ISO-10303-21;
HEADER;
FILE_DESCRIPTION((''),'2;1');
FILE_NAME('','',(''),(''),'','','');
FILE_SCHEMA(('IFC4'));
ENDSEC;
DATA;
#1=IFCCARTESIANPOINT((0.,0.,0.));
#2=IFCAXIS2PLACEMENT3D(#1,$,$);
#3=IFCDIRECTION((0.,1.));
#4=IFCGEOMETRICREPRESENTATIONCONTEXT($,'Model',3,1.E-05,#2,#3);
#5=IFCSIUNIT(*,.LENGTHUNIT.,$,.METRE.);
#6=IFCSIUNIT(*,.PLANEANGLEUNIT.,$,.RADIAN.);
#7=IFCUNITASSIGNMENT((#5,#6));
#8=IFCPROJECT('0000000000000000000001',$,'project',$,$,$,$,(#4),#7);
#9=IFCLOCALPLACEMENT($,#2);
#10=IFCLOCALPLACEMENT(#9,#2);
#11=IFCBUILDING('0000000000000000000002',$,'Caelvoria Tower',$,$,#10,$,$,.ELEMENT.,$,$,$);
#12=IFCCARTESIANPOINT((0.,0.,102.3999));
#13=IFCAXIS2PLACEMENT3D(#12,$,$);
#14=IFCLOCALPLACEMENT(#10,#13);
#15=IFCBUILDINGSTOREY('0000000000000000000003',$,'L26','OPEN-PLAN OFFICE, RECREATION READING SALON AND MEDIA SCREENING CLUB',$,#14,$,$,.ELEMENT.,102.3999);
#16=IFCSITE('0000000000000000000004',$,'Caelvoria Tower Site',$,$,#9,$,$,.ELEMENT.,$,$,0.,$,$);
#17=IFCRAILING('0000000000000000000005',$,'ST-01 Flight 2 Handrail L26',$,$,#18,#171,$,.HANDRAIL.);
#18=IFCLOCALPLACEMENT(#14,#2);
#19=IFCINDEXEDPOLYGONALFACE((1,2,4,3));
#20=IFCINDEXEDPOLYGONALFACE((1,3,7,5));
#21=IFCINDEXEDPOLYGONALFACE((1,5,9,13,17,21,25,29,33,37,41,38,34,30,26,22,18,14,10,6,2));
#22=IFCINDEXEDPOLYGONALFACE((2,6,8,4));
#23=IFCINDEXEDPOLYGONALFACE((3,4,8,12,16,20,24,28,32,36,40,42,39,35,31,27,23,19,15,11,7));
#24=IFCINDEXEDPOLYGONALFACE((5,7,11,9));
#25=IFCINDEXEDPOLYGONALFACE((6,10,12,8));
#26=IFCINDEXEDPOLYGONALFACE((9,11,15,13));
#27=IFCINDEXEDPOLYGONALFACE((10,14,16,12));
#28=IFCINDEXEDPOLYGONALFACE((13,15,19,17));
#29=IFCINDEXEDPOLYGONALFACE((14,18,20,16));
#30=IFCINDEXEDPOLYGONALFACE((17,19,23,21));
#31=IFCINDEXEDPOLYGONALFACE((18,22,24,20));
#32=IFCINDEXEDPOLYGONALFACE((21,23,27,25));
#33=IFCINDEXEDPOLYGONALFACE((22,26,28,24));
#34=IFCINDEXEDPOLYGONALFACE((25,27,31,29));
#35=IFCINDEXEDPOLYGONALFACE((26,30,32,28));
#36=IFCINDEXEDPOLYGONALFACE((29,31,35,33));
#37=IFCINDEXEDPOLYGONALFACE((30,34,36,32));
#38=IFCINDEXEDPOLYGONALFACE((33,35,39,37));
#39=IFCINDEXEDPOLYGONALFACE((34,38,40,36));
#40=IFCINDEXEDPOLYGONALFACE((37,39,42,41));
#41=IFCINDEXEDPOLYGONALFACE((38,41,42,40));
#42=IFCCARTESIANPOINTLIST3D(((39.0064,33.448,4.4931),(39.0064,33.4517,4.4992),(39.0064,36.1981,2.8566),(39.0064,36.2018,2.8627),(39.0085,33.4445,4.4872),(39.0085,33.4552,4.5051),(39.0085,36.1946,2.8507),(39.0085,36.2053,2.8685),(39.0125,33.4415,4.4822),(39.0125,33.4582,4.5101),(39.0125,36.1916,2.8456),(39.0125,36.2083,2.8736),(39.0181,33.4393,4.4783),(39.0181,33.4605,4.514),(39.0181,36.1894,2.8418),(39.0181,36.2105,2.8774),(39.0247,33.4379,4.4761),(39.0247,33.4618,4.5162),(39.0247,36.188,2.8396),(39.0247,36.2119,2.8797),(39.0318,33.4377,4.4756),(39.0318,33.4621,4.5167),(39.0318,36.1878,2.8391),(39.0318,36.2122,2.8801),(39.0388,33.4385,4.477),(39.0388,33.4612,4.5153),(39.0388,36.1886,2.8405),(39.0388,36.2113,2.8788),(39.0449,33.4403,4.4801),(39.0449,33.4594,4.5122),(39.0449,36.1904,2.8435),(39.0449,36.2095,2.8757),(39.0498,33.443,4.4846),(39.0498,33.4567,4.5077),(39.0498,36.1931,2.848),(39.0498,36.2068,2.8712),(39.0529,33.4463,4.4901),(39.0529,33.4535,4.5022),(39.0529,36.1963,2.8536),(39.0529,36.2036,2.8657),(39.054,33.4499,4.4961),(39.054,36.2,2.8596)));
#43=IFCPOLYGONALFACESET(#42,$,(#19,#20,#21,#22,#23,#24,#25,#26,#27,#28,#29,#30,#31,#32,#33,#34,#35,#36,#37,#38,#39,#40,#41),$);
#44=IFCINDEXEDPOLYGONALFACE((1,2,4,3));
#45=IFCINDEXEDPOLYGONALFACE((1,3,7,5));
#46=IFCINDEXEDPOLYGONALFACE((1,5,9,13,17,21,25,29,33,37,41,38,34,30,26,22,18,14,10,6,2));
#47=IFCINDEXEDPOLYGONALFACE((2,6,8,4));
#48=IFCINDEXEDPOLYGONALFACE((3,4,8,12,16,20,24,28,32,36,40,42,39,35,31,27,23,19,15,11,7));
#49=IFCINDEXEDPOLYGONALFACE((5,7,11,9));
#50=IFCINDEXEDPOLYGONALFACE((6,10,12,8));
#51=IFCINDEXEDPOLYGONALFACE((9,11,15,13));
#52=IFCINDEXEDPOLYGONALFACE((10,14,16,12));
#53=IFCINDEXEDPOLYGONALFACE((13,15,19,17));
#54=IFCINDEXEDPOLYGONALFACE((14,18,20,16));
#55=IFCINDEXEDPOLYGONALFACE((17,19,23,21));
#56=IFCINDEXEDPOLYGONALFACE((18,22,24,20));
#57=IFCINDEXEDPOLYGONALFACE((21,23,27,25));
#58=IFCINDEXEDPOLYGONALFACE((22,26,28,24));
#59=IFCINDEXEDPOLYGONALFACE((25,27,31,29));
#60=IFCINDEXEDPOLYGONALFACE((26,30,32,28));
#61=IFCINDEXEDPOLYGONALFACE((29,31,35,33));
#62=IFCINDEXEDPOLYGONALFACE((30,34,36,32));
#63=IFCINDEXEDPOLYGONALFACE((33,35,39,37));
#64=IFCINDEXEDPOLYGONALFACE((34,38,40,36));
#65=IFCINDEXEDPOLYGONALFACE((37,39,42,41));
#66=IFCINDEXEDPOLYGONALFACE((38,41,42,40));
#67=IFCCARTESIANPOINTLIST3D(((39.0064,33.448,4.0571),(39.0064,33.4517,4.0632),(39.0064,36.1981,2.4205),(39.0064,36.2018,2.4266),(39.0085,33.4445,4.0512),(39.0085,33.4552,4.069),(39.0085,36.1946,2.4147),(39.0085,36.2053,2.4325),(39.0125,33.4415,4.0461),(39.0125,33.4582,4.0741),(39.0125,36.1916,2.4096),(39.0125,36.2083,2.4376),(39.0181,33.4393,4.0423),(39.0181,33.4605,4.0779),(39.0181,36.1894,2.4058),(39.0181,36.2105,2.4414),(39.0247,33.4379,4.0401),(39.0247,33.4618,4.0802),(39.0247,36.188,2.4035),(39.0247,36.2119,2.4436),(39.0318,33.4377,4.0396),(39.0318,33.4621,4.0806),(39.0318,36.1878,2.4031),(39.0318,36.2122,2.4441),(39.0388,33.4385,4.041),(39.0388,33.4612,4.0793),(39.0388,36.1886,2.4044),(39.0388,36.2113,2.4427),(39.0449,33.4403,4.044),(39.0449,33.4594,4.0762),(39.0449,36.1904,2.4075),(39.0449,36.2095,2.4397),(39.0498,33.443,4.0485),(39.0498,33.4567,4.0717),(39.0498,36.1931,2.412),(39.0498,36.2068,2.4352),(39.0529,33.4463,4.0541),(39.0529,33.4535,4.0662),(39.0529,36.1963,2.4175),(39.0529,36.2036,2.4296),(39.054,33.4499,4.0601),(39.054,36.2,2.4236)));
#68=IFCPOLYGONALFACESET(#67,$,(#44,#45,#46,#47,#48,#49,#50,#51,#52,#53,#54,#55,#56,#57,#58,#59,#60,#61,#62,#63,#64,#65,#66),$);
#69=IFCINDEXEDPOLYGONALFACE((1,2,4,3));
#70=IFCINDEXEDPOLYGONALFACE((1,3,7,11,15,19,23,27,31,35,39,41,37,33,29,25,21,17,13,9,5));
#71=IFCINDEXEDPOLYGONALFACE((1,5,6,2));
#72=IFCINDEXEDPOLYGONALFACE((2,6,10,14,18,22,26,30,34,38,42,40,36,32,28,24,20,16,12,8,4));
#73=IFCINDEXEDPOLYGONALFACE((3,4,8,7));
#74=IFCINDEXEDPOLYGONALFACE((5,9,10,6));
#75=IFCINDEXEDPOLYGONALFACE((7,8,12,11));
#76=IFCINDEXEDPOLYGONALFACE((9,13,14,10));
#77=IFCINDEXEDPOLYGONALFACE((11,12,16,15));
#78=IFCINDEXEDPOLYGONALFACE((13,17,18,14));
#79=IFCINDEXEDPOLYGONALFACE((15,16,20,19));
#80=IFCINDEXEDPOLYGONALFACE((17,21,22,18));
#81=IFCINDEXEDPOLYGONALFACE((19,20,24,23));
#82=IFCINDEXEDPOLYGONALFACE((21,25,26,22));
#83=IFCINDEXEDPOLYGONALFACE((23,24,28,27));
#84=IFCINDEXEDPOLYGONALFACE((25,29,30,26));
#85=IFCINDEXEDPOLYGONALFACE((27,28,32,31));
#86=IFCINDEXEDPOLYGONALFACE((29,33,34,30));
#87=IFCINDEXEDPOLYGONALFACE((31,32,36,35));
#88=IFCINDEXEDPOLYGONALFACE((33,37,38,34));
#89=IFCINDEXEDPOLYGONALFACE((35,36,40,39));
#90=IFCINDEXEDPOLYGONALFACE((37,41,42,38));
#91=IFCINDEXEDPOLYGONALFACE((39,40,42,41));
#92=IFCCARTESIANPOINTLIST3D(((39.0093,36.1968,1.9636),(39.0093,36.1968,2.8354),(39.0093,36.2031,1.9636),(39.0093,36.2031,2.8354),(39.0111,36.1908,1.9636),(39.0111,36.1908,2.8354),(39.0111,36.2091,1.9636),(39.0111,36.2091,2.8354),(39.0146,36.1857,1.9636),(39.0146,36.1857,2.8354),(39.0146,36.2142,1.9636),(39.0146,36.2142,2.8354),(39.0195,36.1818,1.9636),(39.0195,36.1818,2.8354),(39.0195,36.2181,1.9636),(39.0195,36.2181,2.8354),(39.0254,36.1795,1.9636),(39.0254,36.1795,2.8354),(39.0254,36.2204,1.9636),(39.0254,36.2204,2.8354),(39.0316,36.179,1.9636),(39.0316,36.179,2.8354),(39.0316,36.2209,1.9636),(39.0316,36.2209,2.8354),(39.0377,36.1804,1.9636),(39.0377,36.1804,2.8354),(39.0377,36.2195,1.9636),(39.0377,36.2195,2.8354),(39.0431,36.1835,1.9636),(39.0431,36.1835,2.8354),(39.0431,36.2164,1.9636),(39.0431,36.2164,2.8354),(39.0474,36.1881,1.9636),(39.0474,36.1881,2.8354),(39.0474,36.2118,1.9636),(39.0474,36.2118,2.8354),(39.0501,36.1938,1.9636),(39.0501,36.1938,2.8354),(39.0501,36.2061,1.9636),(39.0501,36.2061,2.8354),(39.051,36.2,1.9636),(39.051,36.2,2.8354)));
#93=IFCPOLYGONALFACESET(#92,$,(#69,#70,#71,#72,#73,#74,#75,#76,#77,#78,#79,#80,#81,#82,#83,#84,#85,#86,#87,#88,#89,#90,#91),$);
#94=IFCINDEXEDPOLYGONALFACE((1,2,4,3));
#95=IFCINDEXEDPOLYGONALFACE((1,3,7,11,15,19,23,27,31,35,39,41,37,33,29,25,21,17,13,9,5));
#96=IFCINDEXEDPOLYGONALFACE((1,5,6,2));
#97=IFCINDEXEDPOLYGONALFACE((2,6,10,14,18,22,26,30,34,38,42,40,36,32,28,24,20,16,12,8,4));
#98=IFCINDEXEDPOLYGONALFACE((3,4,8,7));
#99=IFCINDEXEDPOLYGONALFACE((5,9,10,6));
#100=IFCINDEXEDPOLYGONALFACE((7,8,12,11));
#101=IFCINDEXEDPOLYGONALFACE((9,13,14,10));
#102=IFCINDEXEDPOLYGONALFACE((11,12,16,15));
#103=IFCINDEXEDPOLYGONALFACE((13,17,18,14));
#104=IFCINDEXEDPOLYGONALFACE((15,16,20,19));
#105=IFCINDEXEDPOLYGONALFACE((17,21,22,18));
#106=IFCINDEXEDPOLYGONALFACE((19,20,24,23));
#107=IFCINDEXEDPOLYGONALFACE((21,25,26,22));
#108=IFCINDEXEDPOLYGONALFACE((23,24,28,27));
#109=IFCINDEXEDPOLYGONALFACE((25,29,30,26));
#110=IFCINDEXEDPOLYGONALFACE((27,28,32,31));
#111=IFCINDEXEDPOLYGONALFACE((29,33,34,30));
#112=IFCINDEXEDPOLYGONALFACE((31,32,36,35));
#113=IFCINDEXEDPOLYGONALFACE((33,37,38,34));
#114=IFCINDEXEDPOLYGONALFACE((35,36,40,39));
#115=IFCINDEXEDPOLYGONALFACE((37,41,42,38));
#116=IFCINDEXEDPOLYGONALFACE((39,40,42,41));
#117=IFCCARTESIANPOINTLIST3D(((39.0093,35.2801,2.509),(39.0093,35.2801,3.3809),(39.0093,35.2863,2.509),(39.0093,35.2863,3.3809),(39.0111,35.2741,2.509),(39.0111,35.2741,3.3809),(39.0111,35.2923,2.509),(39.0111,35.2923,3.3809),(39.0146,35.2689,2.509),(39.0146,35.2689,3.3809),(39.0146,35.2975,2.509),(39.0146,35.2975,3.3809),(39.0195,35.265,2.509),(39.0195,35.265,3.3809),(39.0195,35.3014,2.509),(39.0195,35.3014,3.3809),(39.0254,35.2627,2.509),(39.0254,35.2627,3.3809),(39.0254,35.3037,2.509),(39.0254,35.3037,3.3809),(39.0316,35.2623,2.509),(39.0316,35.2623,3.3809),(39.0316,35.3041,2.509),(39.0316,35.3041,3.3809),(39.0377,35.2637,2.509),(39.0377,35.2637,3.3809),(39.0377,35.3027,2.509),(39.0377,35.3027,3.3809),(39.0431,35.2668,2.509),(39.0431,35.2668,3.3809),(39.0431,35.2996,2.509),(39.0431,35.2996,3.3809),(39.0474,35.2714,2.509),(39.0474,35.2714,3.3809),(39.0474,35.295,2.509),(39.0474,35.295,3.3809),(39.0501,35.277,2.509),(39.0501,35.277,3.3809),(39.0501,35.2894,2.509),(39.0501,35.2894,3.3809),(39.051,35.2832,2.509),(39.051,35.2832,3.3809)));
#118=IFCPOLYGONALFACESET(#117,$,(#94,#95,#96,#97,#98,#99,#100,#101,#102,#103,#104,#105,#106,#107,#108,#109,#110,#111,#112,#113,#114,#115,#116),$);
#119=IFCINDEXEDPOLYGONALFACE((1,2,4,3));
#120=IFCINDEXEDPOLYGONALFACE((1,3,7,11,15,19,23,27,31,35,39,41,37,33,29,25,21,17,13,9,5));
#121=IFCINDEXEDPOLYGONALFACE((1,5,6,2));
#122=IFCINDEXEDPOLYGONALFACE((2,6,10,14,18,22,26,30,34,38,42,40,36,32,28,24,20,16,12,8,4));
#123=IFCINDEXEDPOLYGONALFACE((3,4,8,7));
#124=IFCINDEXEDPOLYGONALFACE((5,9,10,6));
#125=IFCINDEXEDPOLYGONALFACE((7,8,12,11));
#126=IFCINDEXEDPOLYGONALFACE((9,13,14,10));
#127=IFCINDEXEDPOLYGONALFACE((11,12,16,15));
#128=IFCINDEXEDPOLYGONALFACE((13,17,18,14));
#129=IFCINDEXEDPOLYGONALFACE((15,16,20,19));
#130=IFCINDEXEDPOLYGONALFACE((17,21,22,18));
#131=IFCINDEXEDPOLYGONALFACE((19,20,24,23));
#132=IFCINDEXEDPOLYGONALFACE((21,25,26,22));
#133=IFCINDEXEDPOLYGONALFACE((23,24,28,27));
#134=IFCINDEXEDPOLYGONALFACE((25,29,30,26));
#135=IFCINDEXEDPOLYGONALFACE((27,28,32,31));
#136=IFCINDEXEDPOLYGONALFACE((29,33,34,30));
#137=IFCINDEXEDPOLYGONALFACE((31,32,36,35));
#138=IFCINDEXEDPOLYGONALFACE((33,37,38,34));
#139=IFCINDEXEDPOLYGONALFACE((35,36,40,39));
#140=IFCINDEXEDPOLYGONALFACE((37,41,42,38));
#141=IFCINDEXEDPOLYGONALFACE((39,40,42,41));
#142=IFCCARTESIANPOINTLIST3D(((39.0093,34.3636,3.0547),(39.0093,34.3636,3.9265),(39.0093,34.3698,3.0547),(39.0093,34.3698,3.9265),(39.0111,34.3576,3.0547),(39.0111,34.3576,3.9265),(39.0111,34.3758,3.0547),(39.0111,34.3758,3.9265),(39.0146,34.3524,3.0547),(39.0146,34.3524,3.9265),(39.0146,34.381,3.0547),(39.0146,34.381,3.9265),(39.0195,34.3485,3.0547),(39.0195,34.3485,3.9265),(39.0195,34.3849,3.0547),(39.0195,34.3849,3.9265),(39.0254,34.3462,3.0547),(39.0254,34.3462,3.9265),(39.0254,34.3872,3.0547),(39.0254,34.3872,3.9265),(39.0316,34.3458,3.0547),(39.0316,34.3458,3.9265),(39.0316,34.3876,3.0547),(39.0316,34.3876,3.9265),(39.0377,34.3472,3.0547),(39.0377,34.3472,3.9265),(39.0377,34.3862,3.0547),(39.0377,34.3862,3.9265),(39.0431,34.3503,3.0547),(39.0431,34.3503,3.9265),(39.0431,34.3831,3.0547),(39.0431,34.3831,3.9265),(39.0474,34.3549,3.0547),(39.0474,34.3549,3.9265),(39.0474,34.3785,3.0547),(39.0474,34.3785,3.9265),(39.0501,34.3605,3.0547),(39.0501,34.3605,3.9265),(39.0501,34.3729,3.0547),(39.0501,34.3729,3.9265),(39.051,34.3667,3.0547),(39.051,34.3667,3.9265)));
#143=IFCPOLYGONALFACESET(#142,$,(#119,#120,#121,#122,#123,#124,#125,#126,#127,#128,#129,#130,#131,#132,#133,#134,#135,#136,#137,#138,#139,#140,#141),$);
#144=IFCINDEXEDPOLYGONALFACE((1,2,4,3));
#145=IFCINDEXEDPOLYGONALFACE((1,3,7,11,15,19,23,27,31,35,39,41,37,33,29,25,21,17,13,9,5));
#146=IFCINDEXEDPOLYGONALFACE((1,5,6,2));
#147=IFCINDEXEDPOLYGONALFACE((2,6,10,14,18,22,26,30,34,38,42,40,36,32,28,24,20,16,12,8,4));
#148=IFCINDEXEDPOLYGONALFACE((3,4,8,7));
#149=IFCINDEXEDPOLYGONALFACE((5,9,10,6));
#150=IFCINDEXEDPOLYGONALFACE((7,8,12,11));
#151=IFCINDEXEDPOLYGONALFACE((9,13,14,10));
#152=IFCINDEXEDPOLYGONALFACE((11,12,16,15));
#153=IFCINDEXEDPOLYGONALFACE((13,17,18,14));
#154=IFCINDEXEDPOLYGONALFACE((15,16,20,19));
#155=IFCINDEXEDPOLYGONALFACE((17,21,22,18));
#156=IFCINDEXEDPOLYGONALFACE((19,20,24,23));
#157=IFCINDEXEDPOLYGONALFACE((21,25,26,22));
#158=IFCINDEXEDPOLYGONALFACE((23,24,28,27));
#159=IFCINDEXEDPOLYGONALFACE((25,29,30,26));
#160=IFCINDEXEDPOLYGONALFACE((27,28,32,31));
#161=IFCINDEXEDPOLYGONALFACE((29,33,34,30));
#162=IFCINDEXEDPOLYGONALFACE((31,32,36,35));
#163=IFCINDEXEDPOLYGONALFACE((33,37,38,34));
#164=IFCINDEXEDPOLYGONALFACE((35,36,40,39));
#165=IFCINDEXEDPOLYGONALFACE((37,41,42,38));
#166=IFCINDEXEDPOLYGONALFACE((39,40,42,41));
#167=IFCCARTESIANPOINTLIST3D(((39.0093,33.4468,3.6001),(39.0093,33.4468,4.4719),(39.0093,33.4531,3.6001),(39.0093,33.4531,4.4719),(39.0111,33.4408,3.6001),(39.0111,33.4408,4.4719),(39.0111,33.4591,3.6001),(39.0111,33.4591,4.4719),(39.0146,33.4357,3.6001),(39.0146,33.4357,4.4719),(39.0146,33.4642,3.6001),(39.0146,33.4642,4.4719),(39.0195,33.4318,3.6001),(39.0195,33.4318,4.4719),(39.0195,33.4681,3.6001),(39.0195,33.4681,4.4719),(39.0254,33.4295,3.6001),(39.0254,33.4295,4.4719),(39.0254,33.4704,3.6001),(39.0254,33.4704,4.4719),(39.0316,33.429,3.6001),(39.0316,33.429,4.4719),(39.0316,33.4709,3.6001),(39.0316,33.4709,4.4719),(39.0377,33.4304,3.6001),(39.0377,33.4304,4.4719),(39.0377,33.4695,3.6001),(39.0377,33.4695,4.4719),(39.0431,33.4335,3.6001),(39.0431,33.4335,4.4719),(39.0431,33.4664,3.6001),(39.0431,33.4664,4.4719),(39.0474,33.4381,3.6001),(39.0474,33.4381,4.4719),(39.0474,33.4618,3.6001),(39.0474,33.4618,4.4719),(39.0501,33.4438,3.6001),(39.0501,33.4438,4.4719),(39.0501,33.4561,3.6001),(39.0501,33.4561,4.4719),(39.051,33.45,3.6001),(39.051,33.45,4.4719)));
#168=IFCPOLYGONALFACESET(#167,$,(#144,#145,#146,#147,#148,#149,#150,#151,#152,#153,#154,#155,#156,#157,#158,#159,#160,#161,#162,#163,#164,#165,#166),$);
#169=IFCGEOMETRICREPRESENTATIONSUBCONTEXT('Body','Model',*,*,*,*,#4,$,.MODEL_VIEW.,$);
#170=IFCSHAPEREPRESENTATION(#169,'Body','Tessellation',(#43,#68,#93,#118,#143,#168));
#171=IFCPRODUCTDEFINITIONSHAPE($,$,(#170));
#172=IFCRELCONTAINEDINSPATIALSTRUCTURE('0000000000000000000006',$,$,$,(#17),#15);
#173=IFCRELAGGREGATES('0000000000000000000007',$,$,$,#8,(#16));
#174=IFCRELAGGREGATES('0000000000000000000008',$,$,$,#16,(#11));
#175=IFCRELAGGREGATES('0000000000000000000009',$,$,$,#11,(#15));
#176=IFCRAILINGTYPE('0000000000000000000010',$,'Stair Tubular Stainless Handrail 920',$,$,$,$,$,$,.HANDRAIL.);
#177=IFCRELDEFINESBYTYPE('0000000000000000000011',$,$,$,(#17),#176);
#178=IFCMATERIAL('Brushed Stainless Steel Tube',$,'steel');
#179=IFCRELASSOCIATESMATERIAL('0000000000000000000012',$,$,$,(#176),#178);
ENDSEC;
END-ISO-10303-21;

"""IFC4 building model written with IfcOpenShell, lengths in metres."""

from ifc_helpers import new_model, si_unit, direction, frame, origin, origin_2d, place, context, subcontext, project, spatial, circle, extrude, material, type_object, element, save


model = new_model("IFC4")

# Units and contexts
model_context = context("Model", 3, precision=1e-05, world=origin(), true_north=direction((0.0, 1.0)))
body_context = subcontext(model_context, "Body", "Model", "MODEL_VIEW")
ifc_project = project(units=[si_unit("LENGTHUNIT", "METRE"), si_unit("PLANEANGLEUNIT", "RADIAN")], contexts=[model_context])

# Site, building, storey
site_placement = place(None, origin())
site = spatial("IfcSite", under=ifc_project, at=site_placement, Name="Caelvoria Tower Site", CompositionType="ELEMENT", RefElevation=0.0)
building_placement = place(site_placement, origin())
building = spatial("IfcBuilding", under=site, at=building_placement, Name="Caelvoria Tower", CompositionType="ELEMENT")
storey_placement = place(building_placement, frame((0.0, 0.0, 102.3999)))
storey = spatial("IfcBuildingStorey", under=building, at=storey_placement, Name="L26", Description="OPEN-PLAN OFFICE, RECREATION READING SALON AND MEDIA SCREENING CLUB", CompositionType="ELEMENT", Elevation=102.3999)

# Railing
ifc_material_1 = material(Name="Brushed Stainless Steel Tube", Category="steel")
railing_type_1 = type_object("IfcRailingType", Name="Stair Tubular Stainless Handrail 920", PredefinedType="HANDRAIL", material=ifc_material_1)
railing_1_placement = place(storey_placement, frame((39.03, 36.2, 1.9636)))
element("IfcRailing", 1, at=railing_1_placement, inside=storey, type_object=railing_type_1, Name="ST-01 Flight 2 Handrail L26", PredefinedType="HANDRAIL", context=body_context, shape_type="SweptSolid", body=[
    extrude(circle(Radius=0.0239, at=origin_2d()), frame((0.0, 0.0, 0.896), z_axis=(0.0, -0.859352, 0.511385), x_axis=(1.0, 0.0, 0.0)), (0.0, 0.0, 1.0), 3.2002),
    extrude(circle(Radius=0.0239, at=origin_2d()), frame((0.0, 0.0, 0.46), z_axis=(0.0, -0.859352, 0.511385), x_axis=(1.0, 0.0, 0.0)), (0.0, 0.0, 1.0), 3.2002),
    extrude(circle(Radius=0.021, at=origin_2d()), origin(), (0.0, 0.0, 1.0), 0.8718),
    extrude(circle(Radius=0.021, at=origin_2d()), frame((0.0, -0.9167, 0.5454)), (0.0, 0.0, 1.0), 0.8718),
    extrude(circle(Radius=0.021, at=origin_2d()), frame((0.0, -1.8333, 1.0911)), (0.0, 0.0, 1.0), 0.8718),
    extrude(circle(Radius=0.021, at=origin_2d()), frame((0.0, -2.75, 1.6365)), (0.0, 0.0, 1.0), 0.8718),
])

save(model, "model.ifc")
